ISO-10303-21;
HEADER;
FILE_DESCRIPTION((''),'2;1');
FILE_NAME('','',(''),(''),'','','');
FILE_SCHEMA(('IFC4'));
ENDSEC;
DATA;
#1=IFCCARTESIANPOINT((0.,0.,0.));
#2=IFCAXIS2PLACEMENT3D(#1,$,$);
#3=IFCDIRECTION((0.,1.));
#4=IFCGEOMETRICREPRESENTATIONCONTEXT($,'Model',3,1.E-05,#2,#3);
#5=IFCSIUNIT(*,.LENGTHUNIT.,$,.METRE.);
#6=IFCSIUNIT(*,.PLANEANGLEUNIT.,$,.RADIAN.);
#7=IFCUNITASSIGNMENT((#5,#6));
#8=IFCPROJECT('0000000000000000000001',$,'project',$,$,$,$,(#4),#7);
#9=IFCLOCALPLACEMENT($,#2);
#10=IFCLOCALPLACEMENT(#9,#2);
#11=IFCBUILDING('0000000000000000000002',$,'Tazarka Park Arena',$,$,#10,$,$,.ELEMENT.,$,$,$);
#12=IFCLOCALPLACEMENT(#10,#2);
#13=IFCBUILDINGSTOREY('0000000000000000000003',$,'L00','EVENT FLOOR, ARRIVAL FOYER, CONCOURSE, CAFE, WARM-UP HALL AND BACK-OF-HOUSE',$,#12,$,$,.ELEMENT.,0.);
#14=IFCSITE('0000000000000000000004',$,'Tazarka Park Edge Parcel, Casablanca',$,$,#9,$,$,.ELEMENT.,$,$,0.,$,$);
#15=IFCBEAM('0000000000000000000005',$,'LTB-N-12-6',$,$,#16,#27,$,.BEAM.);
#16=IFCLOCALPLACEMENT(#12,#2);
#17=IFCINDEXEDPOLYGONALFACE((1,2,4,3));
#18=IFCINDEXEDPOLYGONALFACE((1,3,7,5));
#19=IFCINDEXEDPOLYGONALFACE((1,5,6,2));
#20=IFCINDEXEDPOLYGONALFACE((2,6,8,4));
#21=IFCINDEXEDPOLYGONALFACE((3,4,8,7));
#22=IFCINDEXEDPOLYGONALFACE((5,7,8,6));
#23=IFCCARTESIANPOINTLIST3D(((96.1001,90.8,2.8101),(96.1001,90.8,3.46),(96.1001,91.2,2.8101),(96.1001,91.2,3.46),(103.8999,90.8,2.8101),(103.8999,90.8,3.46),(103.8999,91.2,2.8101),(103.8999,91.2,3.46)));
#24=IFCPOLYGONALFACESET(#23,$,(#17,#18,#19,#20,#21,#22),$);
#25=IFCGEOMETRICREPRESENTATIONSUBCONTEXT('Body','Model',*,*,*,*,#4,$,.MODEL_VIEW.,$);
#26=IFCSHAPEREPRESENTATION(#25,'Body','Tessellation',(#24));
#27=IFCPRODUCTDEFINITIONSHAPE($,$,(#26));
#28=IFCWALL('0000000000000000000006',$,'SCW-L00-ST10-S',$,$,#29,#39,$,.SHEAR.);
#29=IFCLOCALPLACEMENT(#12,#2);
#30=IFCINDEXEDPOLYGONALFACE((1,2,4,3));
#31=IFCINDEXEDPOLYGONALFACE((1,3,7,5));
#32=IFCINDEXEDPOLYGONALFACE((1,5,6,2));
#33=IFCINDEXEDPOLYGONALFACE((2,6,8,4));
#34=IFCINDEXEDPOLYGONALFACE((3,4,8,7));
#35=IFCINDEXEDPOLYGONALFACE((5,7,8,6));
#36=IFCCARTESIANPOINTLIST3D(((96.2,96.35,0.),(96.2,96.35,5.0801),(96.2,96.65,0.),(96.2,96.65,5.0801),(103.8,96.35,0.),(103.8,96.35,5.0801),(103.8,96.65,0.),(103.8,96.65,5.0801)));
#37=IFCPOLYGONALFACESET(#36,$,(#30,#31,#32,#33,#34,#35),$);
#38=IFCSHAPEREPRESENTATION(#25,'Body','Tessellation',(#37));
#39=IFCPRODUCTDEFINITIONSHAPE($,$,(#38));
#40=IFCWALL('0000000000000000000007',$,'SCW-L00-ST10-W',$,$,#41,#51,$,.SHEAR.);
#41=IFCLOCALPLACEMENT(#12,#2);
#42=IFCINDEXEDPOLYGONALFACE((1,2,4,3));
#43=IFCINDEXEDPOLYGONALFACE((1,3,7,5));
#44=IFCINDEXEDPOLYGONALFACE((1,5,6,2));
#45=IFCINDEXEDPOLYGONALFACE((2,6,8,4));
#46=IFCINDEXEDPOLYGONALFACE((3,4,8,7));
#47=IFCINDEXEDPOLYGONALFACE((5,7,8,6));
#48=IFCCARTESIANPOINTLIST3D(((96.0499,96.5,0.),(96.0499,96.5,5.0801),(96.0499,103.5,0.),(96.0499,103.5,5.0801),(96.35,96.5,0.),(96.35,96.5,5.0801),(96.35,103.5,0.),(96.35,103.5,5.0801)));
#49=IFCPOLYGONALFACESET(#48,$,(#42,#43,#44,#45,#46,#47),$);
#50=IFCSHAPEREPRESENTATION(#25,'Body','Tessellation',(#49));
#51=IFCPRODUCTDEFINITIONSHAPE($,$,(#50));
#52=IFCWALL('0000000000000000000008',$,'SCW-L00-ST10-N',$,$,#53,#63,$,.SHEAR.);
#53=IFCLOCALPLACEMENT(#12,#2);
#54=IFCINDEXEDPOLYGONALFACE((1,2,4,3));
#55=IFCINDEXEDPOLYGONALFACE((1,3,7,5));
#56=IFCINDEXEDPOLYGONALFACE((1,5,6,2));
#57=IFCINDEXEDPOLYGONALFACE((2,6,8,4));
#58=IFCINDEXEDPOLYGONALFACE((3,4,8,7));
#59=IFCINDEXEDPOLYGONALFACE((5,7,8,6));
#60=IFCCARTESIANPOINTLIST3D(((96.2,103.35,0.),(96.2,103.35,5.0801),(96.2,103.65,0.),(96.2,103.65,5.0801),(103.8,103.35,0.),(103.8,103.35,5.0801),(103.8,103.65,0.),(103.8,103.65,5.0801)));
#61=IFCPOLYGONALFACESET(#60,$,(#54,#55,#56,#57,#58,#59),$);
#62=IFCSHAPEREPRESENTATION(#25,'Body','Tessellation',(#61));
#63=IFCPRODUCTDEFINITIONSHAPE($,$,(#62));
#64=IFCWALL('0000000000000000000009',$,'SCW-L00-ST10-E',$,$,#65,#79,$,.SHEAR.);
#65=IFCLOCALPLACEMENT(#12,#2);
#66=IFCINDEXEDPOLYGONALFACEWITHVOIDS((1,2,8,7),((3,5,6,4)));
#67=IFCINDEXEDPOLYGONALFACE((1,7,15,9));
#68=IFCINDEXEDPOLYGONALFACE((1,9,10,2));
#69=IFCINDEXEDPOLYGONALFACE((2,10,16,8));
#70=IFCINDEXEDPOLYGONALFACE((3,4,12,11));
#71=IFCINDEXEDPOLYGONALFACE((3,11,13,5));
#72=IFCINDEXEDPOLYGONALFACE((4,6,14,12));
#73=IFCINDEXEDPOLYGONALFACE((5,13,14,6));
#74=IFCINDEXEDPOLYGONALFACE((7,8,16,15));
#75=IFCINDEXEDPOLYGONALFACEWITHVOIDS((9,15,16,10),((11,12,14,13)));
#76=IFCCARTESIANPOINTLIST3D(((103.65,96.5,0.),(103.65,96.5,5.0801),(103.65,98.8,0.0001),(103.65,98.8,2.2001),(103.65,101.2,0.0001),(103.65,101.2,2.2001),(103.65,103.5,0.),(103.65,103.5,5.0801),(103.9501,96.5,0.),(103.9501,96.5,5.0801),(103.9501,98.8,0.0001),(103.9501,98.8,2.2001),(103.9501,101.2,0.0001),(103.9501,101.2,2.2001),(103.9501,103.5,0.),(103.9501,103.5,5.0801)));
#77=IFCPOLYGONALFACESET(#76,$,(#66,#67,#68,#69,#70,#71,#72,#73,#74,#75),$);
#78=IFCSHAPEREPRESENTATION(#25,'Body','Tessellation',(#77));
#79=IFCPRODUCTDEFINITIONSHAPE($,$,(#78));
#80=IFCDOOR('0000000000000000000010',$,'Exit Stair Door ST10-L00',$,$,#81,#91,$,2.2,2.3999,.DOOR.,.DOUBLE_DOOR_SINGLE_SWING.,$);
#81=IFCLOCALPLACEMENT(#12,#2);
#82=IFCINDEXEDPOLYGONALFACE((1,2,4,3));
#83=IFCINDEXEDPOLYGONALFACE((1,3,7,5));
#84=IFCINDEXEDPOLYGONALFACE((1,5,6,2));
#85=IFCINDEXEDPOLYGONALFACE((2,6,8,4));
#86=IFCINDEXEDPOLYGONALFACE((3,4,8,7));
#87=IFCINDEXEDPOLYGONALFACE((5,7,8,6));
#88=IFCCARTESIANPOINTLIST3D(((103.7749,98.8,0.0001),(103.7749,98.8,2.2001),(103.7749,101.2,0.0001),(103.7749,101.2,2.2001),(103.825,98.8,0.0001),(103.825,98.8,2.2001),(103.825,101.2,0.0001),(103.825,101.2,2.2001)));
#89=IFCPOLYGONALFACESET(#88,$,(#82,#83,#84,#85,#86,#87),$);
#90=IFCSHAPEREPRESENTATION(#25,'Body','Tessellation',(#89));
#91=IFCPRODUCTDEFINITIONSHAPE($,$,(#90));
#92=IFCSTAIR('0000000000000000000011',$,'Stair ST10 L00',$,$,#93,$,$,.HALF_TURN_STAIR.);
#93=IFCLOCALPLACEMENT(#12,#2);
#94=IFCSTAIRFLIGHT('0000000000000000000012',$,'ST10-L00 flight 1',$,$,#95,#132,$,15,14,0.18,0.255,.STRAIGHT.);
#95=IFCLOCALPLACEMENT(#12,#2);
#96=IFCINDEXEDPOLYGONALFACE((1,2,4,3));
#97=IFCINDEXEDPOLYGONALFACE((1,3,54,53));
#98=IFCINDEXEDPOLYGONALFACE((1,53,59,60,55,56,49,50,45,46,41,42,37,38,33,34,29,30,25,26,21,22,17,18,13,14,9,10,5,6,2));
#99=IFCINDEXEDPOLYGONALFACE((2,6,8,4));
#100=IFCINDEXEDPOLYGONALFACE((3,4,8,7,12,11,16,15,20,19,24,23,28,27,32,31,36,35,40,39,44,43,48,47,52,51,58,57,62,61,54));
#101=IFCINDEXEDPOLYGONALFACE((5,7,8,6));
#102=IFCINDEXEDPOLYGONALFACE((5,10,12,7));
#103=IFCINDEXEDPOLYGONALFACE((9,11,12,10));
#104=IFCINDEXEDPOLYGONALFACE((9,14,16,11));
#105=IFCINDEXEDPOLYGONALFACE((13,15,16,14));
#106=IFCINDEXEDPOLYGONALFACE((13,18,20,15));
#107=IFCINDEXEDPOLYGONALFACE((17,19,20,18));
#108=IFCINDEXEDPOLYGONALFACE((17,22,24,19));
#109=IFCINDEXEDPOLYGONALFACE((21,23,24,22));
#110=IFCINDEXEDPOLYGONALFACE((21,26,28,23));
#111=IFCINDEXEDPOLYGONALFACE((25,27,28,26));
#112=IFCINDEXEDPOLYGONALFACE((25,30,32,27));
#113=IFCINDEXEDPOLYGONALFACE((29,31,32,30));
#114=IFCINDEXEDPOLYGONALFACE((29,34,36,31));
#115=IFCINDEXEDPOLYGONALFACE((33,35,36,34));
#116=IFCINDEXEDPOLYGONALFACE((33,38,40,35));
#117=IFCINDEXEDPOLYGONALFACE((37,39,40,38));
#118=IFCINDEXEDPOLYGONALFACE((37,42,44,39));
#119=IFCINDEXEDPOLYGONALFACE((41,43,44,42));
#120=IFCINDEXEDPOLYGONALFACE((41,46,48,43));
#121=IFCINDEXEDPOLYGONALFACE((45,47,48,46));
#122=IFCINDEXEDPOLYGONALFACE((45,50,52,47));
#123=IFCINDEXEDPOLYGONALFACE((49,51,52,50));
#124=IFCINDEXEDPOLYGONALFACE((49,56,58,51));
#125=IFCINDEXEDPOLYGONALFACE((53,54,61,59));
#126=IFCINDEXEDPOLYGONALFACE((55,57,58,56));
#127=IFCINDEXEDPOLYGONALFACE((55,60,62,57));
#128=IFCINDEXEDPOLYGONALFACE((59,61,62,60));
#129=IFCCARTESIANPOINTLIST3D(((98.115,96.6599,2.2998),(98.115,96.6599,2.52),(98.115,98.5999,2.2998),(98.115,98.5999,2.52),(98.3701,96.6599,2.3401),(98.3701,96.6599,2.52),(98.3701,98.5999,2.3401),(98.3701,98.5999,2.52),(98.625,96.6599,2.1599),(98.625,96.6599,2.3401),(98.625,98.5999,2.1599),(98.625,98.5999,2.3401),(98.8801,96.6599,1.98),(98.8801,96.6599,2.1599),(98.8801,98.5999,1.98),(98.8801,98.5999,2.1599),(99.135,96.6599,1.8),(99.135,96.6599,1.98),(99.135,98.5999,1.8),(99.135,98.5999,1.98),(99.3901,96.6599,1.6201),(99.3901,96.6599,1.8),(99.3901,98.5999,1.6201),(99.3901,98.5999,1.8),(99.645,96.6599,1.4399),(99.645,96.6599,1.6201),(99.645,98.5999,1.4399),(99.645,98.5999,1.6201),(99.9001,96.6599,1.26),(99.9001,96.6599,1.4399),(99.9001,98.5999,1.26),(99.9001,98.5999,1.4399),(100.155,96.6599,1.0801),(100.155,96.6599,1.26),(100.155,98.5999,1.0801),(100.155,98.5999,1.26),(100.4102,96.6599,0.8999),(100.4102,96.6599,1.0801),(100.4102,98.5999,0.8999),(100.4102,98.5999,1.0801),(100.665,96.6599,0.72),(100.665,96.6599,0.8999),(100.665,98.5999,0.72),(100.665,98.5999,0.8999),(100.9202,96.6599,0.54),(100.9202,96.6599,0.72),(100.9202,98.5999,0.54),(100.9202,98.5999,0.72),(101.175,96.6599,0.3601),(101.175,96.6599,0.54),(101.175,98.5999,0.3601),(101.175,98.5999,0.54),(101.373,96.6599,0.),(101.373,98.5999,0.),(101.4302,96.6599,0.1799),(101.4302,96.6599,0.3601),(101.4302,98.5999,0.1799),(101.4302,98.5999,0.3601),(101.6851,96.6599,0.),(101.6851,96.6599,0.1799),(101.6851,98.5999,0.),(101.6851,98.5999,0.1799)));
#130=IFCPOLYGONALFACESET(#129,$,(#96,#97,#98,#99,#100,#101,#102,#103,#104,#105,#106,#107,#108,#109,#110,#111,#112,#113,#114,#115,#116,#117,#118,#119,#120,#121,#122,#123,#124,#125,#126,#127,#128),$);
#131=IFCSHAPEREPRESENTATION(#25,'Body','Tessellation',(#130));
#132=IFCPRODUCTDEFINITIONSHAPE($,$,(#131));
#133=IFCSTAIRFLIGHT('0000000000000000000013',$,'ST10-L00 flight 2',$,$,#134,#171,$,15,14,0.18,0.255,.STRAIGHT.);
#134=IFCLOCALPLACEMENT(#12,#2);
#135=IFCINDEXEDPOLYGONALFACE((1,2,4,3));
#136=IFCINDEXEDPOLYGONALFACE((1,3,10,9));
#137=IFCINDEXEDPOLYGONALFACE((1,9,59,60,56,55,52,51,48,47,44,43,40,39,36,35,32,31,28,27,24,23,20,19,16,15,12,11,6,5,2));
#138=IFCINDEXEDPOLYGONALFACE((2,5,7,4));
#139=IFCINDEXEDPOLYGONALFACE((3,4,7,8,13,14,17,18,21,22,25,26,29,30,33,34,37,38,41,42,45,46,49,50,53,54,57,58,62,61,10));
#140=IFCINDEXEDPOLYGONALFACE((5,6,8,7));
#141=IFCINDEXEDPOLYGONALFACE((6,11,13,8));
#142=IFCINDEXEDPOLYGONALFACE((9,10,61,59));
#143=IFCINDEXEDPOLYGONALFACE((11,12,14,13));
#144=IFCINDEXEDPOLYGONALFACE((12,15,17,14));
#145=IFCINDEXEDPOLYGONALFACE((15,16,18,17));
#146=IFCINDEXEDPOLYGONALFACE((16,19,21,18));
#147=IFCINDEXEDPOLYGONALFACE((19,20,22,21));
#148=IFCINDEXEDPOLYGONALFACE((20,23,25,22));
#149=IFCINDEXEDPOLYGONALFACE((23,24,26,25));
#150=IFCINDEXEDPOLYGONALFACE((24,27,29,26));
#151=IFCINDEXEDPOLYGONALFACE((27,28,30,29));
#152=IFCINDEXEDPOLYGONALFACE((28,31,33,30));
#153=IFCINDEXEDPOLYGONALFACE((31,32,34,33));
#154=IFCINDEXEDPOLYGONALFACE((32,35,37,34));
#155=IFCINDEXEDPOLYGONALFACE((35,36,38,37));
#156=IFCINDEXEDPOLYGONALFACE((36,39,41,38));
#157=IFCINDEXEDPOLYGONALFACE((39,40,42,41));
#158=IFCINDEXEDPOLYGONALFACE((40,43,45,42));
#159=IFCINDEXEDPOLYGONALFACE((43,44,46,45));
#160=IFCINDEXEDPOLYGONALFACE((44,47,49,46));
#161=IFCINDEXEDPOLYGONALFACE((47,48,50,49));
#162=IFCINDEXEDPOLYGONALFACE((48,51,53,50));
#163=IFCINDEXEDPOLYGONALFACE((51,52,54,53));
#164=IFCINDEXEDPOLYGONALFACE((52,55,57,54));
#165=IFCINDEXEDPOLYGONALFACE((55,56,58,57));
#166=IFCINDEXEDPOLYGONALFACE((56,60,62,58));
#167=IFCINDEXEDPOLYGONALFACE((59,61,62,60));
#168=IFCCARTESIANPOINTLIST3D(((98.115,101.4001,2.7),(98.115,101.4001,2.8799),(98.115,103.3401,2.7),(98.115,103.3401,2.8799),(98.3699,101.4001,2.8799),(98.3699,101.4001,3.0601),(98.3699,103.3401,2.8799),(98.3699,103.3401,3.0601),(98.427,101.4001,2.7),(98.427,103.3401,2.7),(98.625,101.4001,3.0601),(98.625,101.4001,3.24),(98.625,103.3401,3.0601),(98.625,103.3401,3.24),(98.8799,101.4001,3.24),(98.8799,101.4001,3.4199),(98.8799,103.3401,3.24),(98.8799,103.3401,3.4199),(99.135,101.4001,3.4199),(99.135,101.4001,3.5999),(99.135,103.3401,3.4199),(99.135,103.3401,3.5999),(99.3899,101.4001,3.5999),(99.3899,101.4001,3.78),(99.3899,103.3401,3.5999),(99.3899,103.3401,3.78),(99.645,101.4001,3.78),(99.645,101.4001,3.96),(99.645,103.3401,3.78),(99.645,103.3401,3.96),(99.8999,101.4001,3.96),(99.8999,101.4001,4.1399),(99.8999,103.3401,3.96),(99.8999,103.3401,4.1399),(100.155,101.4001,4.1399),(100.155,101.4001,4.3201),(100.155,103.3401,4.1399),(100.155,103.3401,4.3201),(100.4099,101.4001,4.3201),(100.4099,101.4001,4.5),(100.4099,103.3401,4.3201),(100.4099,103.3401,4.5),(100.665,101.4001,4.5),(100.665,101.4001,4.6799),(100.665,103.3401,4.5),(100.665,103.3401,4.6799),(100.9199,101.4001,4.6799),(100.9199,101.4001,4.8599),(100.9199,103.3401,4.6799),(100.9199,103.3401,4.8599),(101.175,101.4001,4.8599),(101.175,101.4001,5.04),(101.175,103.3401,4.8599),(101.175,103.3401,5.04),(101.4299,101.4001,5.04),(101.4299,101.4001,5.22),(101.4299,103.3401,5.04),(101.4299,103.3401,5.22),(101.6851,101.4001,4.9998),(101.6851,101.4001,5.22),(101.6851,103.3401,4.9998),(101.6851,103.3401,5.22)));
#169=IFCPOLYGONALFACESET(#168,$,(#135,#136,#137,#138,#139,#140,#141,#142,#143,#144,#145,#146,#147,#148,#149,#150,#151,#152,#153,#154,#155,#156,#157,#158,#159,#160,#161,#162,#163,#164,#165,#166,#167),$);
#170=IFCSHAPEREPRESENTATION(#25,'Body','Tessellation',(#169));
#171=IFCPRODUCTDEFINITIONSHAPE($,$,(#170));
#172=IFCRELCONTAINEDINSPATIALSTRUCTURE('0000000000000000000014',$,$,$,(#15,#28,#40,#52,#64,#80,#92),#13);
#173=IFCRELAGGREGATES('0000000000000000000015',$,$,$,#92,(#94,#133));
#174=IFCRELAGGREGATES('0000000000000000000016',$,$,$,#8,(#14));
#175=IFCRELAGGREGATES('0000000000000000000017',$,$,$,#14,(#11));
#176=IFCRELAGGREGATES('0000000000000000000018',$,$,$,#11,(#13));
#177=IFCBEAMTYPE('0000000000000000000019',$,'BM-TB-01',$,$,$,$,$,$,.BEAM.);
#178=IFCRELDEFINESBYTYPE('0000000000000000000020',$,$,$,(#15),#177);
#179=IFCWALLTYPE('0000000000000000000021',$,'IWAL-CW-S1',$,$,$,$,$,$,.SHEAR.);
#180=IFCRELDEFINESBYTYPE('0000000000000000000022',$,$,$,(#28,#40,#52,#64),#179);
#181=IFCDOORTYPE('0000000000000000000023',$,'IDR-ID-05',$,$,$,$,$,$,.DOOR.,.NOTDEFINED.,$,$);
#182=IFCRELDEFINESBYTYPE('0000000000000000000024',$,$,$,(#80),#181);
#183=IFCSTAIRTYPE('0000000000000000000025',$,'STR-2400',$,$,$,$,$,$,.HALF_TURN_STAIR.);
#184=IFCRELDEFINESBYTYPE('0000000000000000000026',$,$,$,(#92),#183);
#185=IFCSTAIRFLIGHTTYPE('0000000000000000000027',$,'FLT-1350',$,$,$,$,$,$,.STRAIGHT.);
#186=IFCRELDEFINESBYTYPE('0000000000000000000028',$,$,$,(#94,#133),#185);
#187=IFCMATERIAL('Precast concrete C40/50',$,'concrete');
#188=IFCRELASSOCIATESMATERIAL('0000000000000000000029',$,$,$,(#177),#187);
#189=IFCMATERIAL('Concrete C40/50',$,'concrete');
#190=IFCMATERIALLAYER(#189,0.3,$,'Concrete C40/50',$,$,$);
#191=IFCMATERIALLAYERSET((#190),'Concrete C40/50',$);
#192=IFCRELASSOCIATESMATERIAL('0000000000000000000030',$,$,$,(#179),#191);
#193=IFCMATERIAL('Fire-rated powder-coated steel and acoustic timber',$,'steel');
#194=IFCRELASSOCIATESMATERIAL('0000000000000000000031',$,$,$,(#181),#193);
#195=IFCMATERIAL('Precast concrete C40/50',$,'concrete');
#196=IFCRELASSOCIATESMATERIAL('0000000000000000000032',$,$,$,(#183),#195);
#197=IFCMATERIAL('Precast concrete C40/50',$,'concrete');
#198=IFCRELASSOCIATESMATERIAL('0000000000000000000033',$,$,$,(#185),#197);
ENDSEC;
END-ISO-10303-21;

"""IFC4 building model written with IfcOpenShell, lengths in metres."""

from ifc_helpers import new_model, si_unit, direction, frame, frame_2d, origin, origin_2d, place, context, subcontext, project, spatial, polyline, rectangle, outline, extrude, material, layer, layer_set, material_profile, profile_set, type_object, element, fill, aggregate, save


model = new_model("IFC4")

# Units and contexts
model_context = context("Model", 3, precision=1e-05, world=origin(), true_north=direction((0.0, 1.0)))
body_context = subcontext(model_context, "Body", "Model", "MODEL_VIEW")
ifc_project = project(units=[si_unit("LENGTHUNIT", "METRE"), si_unit("PLANEANGLEUNIT", "RADIAN")], contexts=[model_context])

# Site, building, storey
site_placement = place(None, origin())
site = spatial("IfcSite", under=ifc_project, at=site_placement, Name="Tazarka Park Edge Parcel, Casablanca", CompositionType="ELEMENT", RefElevation=0.0)
building_placement = place(site_placement, origin())
building = spatial("IfcBuilding", under=site, at=building_placement, Name="Tazarka Park Arena", CompositionType="ELEMENT")
storey_placement = place(building_placement, origin())
storey = spatial("IfcBuildingStorey", under=building, at=storey_placement, Name="L00", Description="EVENT FLOOR, ARRIVAL FOYER, CONCOURSE, CAFE, WARM-UP HALL AND BACK-OF-HOUSE", CompositionType="ELEMENT", Elevation=0.0)

# Beam
ifc_material_1 = material(Name="Precast concrete C40/50", Category="concrete")
ifc_material_profile_1 = material_profile(ifc_material_1, rectangle(XDim=0.3999, YDim=0.6499, at=origin_2d()), Name="Precast concrete C40/50")
ifc_profile_set_1 = profile_set([ifc_material_profile_1], Name="Precast concrete C40/50")
beam_type_1 = type_object("IfcBeamType", Name="BM-TB-01", PredefinedType="BEAM", material=ifc_profile_set_1)
for number, where, z_axis, x_axis, name in (
    (1, (96.1001, 91.0, 3.135), (1.0, 0.0, 0.0), (0.0, 1.0, 0.0), "LTB-N-12-6"),
):
    element("IfcBeam", number, at=place(storey_placement, frame(where, z_axis=z_axis, x_axis=x_axis)), inside=storey, type_object=beam_type_1, Name=name, PredefinedType="BEAM", context=body_context, shape_type="SweptSolid", body=[
        extrude(rectangle(XDim=0.3999, YDim=0.6499, at=origin_2d()), origin(), (0.0, 0.0, 1.0), 7.7998),
    ])

# Walls
ifc_material_2 = material(Name="Concrete C40/50", Category="concrete")
ifc_layer = layer(ifc_material_2, 0.3, Name="Concrete C40/50")
ifc_layer_set = layer_set([ifc_layer], Name="Concrete C40/50")
wall_type = type_object("IfcWallType", Name="IWAL-CW-S1", PredefinedType="SHEAR", material=ifc_layer_set)
wall_1_placement = place(storey_placement, frame((103.8, 96.5, 0.0), z_axis=(0.0, 0.0, 1.0), x_axis=(-1.0, 0.0, 0.0)))
element("IfcWall", 2, at=wall_1_placement, inside=storey, type_object=wall_type, Name="SCW-L00-ST10-S", PredefinedType="SHEAR", context=body_context, shape_type="SweptSolid", body=[
    extrude(rectangle(XDim=7.6001, YDim=0.3, at=frame_2d((3.8, 0.0))), origin(), (0.0, 0.0, 1.0), 5.0801),
])
wall_2_placement = place(storey_placement, frame((96.2, 96.5, 0.0), z_axis=(0.0, 0.0, 1.0), x_axis=(0.0, 1.0, 0.0)))
element("IfcWall", 3, at=wall_2_placement, inside=storey, type_object=wall_type, Name="SCW-L00-ST10-W", PredefinedType="SHEAR", context=body_context, shape_type="SweptSolid", body=[
    extrude(rectangle(XDim=7.0, YDim=0.3, at=frame_2d((3.5, 0.0))), origin(), (0.0, 0.0, 1.0), 5.0801),
])
wall_3_placement = place(storey_placement, frame((96.2, 103.5, 0.0), z_axis=(0.0, 0.0, 1.0), x_axis=(1.0, 0.0, 0.0)))
element("IfcWall", 4, at=wall_3_placement, inside=storey, type_object=wall_type, Name="SCW-L00-ST10-N", PredefinedType="SHEAR", context=body_context, shape_type="SweptSolid", body=[
    extrude(rectangle(XDim=7.6001, YDim=0.3, at=frame_2d((3.8, 0.0))), origin(), (0.0, 0.0, 1.0), 5.0801),
])

# Wall, opening, door
wall_4_placement = place(storey_placement, frame((103.8, 103.5, 0.0), z_axis=(0.0, 0.0, 1.0), x_axis=(0.0, -1.0, 0.0)))
wall_4 = element("IfcWall", 5, at=wall_4_placement, inside=storey, type_object=wall_type, Name="SCW-L00-ST10-E", PredefinedType="SHEAR", context=body_context, shape_type="SweptSolid", body=[
    extrude(rectangle(XDim=7.0, YDim=0.3, at=frame_2d((3.5, 0.0))), origin(), (0.0, 0.0, 1.0), 5.0801),
])
opening_placement = place(wall_4_placement, frame((2.3, 0.0, 0.0)))
opening = element("IfcOpeningElement", 6, at=opening_placement, cuts=wall_4, PredefinedType="OPENING", context=body_context, shape_type="SweptSolid", body=[
    extrude(rectangle(XDim=2.3999, YDim=2.2, at=frame_2d((1.2, 1.1001))), frame((0.0, 0.1602, 0.0), z_axis=(0.0, -1.0, 0.0), x_axis=(1.0, 0.0, 0.0)), (0.0, 0.0, 1.0), 0.3201),
])
ifc_material_3 = material(Name="Fire-rated powder-coated steel and acoustic timber", Category="steel")
door_type = type_object("IfcDoorType", Name="IDR-ID-05", OperationType="NOTDEFINED", PredefinedType="DOOR", material=ifc_material_3)
door_placement = place(opening_placement, origin())
door = element("IfcDoor", 7, at=door_placement, inside=storey, type_object=door_type, Name="Exit Stair Door ST10-L00", OperationType="DOUBLE_DOOR_SINGLE_SWING", OverallHeight=2.2, OverallWidth=2.3999, PredefinedType="DOOR", context=body_context, shape_type="SweptSolid", body=[
    extrude(rectangle(XDim=2.3999, YDim=2.2, at=frame_2d((1.2, 1.1001))), frame((0.0, 0.0249, 0.0), z_axis=(0.0, -1.0, 0.0), x_axis=(1.0, 0.0, 0.0)), (0.0, 0.0, 1.0), 0.05),
])
fill(opening, door)

# Stair, stair flights
ifc_material_4 = material(Name="Precast concrete C40/50", Category="concrete")
stair_type = type_object("IfcStairType", Name="STR-2400", PredefinedType="HALF_TURN_STAIR", material=ifc_material_4)
stair_placement = place(storey_placement, origin())
stair = element("IfcStair", 8, at=stair_placement, inside=storey, type_object=stair_type, Name="Stair ST10 L00", PredefinedType="HALF_TURN_STAIR")
ifc_material_5 = material(Name="Precast concrete C40/50", Category="concrete")
stair_flight_type = type_object("IfcStairFlightType", Name="FLT-1350", PredefinedType="STRAIGHT", material=ifc_material_5)
stair_flight_1_placement = place(storey_placement, frame((101.6851, 97.6299, 0.0), z_axis=(0.0, 0.0, 1.0), x_axis=(-1.0, 0.0, 0.0)))
stair_flight_1 = element("IfcStairFlight", 9, at=stair_flight_1_placement, type_object=stair_flight_type, Name="ST10-L00 flight 1", NumberOfRisers=15, NumberOfTreads=14, PredefinedType="STRAIGHT", RiserHeight=0.18, TreadLength=0.255, context=body_context, shape_type="SweptSolid", body=[
    extrude(outline(polyline([(0.0, 0.0), (0.0, 0.1799), (0.2549, 0.1799), (0.2549, 0.3601), (0.51, 0.3601), (0.51, 0.54), (0.7649, 0.54), (0.7649, 0.72), (1.02, 0.72), (1.02, 0.8999), (1.2749, 0.8999), (1.2749, 1.0801), (1.53, 1.0801), (1.53, 1.26), (1.7849, 1.26), (1.7849, 1.4399), (2.04, 1.4399), (2.04, 1.6201), (2.2949, 1.6201), (2.2949, 1.8), (2.55, 1.8), (2.55, 1.98), (2.8049, 1.98), (2.8049, 2.1599), (3.0601, 2.1599), (3.0601, 2.3401), (3.3149, 2.3401), (3.3149, 2.52), (3.5701, 2.52), (3.5701, 2.7), (3.5701, 2.2998), (0.312, 0.0), (0.0, 0.0)])), frame((0.0, 0.97, 0.0), z_axis=(0.0, -1.0, 0.0), x_axis=(1.0, 0.0, 0.0)), (0.0, 0.0, 1.0), 1.9399),
])
stair_flight_2_placement = place(storey_placement, frame((98.115, 102.3701, 2.7), z_axis=(0.0, 0.0, 1.0), x_axis=(1.0, 0.0, 0.0)))
stair_flight_2 = element("IfcStairFlight", 10, at=stair_flight_2_placement, type_object=stair_flight_type, Name="ST10-L00 flight 2", NumberOfRisers=15, NumberOfTreads=14, PredefinedType="STRAIGHT", RiserHeight=0.18, TreadLength=0.255, context=body_context, shape_type="SweptSolid", body=[
    extrude(outline(polyline([(0.0, 0.0), (0.0, 0.1799), (0.2549, 0.1799), (0.2549, 0.3601), (0.51, 0.3601), (0.51, 0.54), (0.7649, 0.54), (0.7649, 0.72), (1.02, 0.72), (1.02, 0.8999), (1.2749, 0.8999), (1.2749, 1.0801), (1.53, 1.0801), (1.53, 1.26), (1.7849, 1.26), (1.7849, 1.4399), (2.04, 1.4399), (2.04, 1.6201), (2.2949, 1.6201), (2.2949, 1.8), (2.55, 1.8), (2.55, 1.98), (2.8049, 1.98), (2.8049, 2.1599), (3.0601, 2.1599), (3.0601, 2.3401), (3.3149, 2.3401), (3.3149, 2.52), (3.5701, 2.52), (3.5701, 2.7), (3.5701, 2.2998), (0.312, 0.0), (0.0, 0.0)])), frame((0.0, 0.97, 0.0), z_axis=(0.0, -1.0, 0.0), x_axis=(1.0, 0.0, 0.0)), (0.0, 0.0, 1.0), 1.9399),
])
aggregate(stair, [stair_flight_1, stair_flight_2])

save(model, "model.ifc")
